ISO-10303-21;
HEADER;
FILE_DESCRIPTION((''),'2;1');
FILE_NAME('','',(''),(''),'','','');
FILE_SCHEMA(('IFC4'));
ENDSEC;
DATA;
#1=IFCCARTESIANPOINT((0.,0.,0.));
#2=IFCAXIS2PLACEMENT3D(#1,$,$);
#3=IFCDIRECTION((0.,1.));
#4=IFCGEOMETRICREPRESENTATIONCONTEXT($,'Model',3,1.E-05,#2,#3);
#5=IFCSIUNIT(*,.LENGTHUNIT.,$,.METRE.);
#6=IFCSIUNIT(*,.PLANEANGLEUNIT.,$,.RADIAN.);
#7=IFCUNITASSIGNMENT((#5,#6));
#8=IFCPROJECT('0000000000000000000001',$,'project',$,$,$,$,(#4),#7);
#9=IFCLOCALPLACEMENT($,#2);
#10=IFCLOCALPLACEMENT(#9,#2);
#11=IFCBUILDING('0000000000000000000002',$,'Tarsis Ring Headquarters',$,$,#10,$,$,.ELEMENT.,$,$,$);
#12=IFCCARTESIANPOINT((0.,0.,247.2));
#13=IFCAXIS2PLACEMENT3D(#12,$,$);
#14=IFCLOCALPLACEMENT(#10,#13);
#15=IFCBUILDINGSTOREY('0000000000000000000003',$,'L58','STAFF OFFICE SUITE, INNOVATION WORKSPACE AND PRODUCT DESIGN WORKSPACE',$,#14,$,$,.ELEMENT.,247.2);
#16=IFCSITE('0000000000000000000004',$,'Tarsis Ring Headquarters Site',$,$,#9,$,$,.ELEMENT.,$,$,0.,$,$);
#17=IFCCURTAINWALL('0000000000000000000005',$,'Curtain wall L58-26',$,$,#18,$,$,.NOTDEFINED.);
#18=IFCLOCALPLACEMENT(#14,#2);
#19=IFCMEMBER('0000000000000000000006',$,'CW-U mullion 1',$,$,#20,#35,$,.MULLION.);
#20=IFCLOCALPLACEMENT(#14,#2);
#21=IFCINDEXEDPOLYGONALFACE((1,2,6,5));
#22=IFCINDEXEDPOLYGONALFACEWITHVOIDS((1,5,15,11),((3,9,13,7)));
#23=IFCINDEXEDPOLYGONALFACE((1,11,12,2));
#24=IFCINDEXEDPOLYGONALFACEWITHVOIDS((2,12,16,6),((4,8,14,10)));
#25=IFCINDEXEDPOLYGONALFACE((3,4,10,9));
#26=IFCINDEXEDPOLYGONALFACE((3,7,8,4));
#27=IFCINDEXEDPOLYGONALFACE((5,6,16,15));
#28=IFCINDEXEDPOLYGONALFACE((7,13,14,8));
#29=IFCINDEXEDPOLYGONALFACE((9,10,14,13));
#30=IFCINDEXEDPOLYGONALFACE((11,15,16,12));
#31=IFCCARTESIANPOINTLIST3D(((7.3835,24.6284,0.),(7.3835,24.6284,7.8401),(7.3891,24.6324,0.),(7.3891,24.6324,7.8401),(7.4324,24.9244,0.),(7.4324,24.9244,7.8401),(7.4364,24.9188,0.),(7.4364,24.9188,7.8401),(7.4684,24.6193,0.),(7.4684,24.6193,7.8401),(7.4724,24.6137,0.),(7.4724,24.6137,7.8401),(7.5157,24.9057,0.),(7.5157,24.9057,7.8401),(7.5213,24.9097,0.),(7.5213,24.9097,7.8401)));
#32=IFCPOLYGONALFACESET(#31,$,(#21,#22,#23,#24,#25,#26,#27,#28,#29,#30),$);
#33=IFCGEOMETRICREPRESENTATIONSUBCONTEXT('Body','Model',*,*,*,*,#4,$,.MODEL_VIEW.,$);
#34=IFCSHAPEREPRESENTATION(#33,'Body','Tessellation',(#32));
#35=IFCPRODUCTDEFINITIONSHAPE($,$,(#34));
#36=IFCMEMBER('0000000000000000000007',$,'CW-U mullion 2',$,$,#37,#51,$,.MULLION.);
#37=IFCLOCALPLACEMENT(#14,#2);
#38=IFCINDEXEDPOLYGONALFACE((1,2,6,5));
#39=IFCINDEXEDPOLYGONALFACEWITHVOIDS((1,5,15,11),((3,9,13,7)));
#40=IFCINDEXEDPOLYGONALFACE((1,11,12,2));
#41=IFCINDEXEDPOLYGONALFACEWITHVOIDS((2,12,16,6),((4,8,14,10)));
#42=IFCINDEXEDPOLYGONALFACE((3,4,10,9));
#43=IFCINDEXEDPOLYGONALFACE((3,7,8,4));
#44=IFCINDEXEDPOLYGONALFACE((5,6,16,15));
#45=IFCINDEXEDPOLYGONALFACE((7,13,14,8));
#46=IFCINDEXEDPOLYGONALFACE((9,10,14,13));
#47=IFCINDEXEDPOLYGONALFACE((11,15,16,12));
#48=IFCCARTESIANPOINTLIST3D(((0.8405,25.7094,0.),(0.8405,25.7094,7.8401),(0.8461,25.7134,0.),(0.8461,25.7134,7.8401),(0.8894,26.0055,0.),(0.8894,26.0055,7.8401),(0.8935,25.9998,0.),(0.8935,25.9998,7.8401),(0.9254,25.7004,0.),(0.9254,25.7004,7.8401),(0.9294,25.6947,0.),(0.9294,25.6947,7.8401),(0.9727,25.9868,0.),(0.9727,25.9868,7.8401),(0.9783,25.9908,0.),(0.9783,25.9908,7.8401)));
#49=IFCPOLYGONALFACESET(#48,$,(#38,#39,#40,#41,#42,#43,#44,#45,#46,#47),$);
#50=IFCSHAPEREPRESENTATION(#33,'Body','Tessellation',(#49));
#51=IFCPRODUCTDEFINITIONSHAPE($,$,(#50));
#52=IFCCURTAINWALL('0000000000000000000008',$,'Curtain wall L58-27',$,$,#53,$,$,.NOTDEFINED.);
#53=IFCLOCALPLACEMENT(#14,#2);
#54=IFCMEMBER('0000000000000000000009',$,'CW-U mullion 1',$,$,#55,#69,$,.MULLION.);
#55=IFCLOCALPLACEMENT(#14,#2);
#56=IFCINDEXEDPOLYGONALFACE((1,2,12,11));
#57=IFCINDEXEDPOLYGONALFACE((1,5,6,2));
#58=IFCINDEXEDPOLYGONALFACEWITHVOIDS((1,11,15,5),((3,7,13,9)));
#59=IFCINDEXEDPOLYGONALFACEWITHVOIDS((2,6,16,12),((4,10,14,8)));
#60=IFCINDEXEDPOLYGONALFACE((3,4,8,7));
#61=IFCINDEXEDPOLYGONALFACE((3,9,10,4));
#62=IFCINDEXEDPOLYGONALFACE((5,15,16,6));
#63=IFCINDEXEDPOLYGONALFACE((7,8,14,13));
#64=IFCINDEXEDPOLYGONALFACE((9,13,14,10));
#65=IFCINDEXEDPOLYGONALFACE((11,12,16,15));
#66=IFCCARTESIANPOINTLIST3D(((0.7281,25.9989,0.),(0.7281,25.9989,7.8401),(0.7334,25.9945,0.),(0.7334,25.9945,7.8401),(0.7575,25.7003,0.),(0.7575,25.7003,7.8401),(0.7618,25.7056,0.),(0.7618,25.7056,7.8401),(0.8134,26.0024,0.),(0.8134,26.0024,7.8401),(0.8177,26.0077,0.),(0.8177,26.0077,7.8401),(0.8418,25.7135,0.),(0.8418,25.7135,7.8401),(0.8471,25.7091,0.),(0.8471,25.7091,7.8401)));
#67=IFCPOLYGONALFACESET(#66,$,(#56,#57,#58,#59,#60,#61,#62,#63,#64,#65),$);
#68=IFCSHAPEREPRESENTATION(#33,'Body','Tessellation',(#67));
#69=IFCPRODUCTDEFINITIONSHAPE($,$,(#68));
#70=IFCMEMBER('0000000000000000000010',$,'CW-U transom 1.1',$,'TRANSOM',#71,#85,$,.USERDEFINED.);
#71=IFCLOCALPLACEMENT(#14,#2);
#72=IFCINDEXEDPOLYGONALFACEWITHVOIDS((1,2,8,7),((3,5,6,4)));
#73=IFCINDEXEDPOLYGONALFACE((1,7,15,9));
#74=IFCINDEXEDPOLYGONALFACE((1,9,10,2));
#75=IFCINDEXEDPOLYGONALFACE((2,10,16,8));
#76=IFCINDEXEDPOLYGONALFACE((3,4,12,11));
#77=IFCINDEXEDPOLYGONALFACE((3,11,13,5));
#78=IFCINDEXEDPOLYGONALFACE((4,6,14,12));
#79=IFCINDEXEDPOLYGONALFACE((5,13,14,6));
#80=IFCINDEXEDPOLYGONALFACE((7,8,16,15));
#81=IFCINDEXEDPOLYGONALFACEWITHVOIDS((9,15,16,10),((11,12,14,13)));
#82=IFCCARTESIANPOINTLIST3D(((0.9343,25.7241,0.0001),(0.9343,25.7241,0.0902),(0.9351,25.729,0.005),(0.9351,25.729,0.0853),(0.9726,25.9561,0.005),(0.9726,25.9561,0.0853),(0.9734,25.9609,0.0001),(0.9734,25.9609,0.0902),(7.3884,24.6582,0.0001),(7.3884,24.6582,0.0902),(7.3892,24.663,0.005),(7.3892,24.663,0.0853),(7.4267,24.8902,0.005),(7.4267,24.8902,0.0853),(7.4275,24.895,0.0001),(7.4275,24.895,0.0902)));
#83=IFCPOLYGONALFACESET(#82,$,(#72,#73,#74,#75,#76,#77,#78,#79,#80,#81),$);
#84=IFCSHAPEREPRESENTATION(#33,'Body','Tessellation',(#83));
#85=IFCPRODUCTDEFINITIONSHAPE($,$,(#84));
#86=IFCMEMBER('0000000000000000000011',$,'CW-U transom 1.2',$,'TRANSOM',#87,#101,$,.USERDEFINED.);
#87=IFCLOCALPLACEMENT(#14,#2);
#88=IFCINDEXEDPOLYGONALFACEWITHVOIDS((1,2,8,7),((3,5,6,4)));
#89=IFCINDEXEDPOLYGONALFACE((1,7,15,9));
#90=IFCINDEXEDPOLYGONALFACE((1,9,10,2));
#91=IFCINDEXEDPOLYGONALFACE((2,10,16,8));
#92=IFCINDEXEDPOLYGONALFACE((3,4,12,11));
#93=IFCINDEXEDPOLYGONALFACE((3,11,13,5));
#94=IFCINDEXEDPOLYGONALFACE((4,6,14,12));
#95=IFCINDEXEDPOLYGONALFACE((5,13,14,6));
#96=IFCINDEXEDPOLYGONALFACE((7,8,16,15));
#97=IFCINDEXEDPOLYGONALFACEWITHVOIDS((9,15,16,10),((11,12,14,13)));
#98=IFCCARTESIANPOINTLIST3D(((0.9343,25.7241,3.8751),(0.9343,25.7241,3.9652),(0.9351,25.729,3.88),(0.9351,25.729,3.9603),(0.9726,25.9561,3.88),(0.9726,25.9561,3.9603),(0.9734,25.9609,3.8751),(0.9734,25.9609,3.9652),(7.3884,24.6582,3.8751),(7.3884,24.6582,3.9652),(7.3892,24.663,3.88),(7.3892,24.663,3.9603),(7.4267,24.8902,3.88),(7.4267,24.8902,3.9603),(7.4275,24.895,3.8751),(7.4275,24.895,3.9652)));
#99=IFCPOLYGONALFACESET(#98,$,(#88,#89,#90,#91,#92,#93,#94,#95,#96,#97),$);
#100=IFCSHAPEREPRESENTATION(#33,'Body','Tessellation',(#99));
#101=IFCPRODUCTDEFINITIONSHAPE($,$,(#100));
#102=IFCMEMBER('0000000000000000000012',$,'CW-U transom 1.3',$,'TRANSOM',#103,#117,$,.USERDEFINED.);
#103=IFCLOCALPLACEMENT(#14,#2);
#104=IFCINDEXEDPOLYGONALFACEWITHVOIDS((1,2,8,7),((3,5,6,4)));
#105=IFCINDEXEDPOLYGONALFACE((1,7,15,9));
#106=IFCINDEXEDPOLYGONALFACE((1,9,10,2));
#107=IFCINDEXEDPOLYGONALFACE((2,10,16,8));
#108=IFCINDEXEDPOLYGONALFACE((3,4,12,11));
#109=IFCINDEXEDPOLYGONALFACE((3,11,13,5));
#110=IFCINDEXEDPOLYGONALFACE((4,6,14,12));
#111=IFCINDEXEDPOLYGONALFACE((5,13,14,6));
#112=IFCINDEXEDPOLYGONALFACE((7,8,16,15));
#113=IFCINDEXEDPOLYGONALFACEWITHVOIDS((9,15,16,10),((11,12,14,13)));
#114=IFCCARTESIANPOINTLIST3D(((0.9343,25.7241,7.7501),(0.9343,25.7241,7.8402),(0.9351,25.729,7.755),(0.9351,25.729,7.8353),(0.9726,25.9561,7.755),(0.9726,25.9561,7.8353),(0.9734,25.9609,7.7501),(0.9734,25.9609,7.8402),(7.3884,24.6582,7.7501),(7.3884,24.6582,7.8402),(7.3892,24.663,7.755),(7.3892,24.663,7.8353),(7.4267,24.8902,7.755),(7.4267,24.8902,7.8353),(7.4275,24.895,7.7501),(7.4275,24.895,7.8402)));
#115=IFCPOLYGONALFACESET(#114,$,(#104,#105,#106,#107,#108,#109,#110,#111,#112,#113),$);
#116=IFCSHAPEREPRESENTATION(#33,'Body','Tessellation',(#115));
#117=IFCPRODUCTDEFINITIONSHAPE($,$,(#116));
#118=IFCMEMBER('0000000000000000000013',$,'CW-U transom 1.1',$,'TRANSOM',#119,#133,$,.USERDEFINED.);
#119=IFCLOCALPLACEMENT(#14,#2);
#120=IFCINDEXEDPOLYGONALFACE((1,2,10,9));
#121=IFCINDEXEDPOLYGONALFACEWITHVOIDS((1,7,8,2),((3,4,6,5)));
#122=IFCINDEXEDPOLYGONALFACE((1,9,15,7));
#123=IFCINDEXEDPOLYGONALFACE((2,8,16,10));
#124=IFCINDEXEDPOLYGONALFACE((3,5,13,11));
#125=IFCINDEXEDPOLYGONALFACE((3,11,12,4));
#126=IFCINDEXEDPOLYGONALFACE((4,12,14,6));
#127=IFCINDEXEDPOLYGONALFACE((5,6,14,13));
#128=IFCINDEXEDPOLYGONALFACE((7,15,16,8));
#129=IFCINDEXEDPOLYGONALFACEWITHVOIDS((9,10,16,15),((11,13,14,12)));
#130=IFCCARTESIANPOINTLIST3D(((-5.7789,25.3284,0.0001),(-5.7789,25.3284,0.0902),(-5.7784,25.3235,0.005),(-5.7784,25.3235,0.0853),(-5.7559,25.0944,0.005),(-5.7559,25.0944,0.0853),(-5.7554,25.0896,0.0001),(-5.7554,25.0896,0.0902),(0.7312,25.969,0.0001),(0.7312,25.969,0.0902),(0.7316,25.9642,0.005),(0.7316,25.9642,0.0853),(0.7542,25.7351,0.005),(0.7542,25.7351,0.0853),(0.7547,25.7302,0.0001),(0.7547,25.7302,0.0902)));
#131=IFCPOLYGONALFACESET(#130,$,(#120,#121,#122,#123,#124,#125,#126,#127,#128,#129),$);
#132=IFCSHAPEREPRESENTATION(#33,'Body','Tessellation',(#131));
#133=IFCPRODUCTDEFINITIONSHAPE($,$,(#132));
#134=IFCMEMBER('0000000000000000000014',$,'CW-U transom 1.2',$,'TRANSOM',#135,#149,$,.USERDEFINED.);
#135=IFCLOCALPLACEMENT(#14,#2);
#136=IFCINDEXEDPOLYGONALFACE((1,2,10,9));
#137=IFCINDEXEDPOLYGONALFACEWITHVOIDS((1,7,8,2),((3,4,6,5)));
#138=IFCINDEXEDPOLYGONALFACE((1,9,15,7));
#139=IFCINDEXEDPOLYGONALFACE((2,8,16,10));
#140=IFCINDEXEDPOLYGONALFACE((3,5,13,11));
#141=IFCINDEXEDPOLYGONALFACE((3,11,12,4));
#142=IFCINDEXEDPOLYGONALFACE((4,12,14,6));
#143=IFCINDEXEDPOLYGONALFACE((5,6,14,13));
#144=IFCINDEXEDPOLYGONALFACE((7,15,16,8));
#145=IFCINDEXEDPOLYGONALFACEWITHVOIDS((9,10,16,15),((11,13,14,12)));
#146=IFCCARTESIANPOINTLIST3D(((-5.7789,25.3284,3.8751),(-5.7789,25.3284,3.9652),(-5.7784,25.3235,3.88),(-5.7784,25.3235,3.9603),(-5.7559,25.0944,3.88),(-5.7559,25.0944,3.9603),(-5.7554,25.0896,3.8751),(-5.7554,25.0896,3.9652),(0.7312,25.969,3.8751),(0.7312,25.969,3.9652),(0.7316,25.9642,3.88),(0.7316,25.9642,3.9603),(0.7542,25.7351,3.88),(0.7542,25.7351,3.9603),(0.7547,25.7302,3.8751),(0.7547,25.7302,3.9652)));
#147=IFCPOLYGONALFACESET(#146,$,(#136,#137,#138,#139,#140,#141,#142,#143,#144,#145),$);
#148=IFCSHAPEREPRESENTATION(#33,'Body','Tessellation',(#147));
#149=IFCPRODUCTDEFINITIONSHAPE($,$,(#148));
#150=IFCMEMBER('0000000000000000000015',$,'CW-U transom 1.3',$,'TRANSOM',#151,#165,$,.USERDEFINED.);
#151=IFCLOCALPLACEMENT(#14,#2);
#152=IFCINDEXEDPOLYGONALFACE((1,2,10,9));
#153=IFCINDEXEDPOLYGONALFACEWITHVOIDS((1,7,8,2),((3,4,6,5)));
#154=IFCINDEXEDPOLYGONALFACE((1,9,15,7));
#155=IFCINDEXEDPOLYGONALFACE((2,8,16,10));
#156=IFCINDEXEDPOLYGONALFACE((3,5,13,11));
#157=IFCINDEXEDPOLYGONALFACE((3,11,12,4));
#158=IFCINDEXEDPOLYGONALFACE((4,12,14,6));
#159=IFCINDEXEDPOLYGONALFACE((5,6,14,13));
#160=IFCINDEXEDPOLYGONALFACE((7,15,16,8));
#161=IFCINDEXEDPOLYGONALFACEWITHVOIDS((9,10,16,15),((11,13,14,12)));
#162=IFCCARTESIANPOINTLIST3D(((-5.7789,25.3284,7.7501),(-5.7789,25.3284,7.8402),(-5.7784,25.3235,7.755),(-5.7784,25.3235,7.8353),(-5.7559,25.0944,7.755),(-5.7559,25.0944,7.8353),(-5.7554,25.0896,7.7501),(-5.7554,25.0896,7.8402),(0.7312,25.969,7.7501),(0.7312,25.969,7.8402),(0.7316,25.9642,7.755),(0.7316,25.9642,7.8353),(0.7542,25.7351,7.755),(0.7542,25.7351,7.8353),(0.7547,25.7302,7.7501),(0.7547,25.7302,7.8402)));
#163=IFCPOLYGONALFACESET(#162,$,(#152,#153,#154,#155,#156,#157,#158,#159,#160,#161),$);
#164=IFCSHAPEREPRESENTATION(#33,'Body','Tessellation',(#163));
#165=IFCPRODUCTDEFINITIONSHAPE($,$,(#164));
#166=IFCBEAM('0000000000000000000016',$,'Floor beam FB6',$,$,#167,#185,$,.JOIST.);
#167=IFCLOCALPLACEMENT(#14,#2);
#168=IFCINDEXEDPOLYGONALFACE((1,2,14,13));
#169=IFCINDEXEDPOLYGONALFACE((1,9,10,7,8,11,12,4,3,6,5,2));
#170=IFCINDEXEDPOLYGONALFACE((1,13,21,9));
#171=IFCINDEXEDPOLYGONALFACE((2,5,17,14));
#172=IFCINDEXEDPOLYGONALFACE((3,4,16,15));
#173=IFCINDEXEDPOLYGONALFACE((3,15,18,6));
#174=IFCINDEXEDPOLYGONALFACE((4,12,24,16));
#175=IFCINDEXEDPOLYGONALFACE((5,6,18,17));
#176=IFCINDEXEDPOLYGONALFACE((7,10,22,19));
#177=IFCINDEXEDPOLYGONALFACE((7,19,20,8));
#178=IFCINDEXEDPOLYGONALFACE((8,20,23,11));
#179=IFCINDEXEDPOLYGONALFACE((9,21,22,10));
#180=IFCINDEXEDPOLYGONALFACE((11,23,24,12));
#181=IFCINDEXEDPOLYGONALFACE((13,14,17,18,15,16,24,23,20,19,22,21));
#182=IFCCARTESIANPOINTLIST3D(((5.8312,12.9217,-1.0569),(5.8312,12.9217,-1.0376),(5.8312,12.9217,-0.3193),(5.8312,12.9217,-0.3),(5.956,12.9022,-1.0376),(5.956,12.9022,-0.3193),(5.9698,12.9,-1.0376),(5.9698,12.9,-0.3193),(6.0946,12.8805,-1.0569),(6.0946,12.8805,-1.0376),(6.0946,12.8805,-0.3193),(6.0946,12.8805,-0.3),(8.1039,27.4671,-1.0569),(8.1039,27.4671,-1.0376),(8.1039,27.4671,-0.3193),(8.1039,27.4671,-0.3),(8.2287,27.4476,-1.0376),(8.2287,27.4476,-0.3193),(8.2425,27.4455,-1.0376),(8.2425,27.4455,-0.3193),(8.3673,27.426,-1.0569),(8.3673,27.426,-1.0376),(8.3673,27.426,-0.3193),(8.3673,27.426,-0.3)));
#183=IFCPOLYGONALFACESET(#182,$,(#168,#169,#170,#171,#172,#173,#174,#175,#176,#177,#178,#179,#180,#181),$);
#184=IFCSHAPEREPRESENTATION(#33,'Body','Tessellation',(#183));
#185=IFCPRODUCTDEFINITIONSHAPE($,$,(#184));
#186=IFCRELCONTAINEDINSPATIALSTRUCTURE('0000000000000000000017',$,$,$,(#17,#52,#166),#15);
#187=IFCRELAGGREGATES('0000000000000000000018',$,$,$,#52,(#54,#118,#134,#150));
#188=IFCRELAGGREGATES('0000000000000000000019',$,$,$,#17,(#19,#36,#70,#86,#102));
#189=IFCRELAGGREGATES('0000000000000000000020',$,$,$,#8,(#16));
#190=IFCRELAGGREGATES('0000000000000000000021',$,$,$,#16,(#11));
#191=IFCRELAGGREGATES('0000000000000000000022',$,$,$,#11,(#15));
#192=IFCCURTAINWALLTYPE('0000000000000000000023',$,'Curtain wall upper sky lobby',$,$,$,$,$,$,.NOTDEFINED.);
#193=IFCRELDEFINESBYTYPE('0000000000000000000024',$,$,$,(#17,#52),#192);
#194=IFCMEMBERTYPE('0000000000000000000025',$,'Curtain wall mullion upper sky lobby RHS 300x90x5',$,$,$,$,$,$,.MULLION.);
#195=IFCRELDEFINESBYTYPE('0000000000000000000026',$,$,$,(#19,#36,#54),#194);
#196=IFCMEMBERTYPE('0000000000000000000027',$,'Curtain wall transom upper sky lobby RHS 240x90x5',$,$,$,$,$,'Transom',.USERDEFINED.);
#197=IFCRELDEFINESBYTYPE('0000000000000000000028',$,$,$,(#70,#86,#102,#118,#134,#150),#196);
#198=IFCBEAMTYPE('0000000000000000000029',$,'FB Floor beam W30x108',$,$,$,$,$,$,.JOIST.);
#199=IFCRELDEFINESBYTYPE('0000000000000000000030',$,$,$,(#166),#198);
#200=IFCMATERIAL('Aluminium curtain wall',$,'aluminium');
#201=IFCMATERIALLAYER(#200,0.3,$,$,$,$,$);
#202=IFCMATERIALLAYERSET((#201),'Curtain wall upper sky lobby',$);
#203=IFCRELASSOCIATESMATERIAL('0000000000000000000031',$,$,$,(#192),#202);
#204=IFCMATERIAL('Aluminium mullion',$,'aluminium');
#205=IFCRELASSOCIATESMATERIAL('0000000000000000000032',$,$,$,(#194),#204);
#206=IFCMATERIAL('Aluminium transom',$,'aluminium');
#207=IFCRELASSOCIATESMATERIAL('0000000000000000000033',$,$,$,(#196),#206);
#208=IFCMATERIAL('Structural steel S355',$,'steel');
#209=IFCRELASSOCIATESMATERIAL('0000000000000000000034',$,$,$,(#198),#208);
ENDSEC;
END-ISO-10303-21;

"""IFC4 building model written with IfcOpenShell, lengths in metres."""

from ifc_helpers import new_model, si_unit, direction, frame, origin, origin_2d, place, context, subcontext, project, spatial, hollow_rectangle, i_section, extrude, material, layer, layer_set, material_profile, profile_set, type_object, element, aggregate, save


model = new_model("IFC4")

# Units and contexts
model_context = context("Model", 3, precision=1e-05, world=origin(), true_north=direction((0.0, 1.0)))
body_context = subcontext(model_context, "Body", "Model", "MODEL_VIEW")
ifc_project = project(units=[si_unit("LENGTHUNIT", "METRE"), si_unit("PLANEANGLEUNIT", "RADIAN")], contexts=[model_context])

# Site, building, storey
site_placement = place(None, origin())
site = spatial("IfcSite", under=ifc_project, at=site_placement, Name="Tarsis Ring Headquarters Site", CompositionType="ELEMENT", RefElevation=0.0)
building_placement = place(site_placement, origin())
building = spatial("IfcBuilding", under=site, at=building_placement, Name="Tarsis Ring Headquarters", CompositionType="ELEMENT")
storey_placement = place(building_placement, frame((0.0, 0.0, 247.2)))
storey = spatial("IfcBuildingStorey", under=building, at=storey_placement, Name="L58", Description="STAFF OFFICE SUITE, INNOVATION WORKSPACE AND PRODUCT DESIGN WORKSPACE", CompositionType="ELEMENT", Elevation=247.2)

# Curtain wall, members
ifc_material_1 = material(Name="Aluminium curtain wall", Category="aluminium")
ifc_layer_1 = layer(ifc_material_1, 0.3)
ifc_layer_set_1 = layer_set([ifc_layer_1], Name="Curtain wall upper sky lobby")
curtain_wall_type = type_object("IfcCurtainWallType", Name="Curtain wall upper sky lobby", PredefinedType="NOTDEFINED", material=ifc_layer_set_1)
curtain_wall_1_placement = place(storey_placement, origin())
curtain_wall_1 = element("IfcCurtainWall", 1, at=curtain_wall_1_placement, inside=storey, type_object=curtain_wall_type, Name="Curtain wall L58-26", PredefinedType="NOTDEFINED")
ifc_material_2 = material(Name="Aluminium mullion", Category="aluminium")
ifc_material_profile_1 = material_profile(ifc_material_2, hollow_rectangle(XDim=0.3, YDim=0.0901, WallThickness=0.0049, at=origin_2d()), Name="RHS 300x90x5")
ifc_profile_set_1 = profile_set([ifc_material_profile_1], Name="Aluminium mullion")
member_type_1 = type_object("IfcMemberType", Name="Curtain wall mullion upper sky lobby RHS 300x90x5", PredefinedType="MULLION", material=ifc_profile_set_1)
member_1_placement = place(storey_placement, frame((7.4524, 24.769, 0.0), z_axis=(0.0, 0.0, 1.0), x_axis=(-0.162981, -0.986629, 0.0)))
member_1 = element("IfcMember", 2, at=member_1_placement, type_object=member_type_1, Name="CW-U mullion 1", PredefinedType="MULLION", context=body_context, shape_type="SweptSolid", body=[
    extrude(hollow_rectangle(XDim=0.3, YDim=0.0901, WallThickness=0.0049, at=origin_2d()), origin(), (0.0, 0.0, 1.0), 7.8401),
])
member_2_placement = place(storey_placement, frame((0.9094, 25.8501, 0.0), z_axis=(0.0, 0.0, 1.0), x_axis=(-0.162981, -0.986629, 0.0)))
member_2 = element("IfcMember", 3, at=member_2_placement, type_object=member_type_1, Name="CW-U mullion 2", PredefinedType="MULLION", context=body_context, shape_type="SweptSolid", body=[
    extrude(hollow_rectangle(XDim=0.3, YDim=0.0901, WallThickness=0.0049, at=origin_2d()), origin(), (0.0, 0.0, 1.0), 7.8401),
])

# Curtain wall, member
curtain_wall_2_placement = place(storey_placement, origin())
curtain_wall_2 = element("IfcCurtainWall", 4, at=curtain_wall_2_placement, inside=storey, type_object=curtain_wall_type, Name="Curtain wall L58-27", PredefinedType="NOTDEFINED")
member_3_placement = place(storey_placement, frame((0.7876, 25.854, 0.0), z_axis=(0.0, 0.0, 1.0), x_axis=(0.09793, -0.995193, 0.0)))
member_3 = element("IfcMember", 5, at=member_3_placement, type_object=member_type_1, Name="CW-U mullion 1", PredefinedType="MULLION", context=body_context, shape_type="SweptSolid", body=[
    extrude(hollow_rectangle(XDim=0.3, YDim=0.0901, WallThickness=0.0049, at=origin_2d()), origin(), (0.0, 0.0, 1.0), 7.8401),
])

# Members
ifc_material_3 = material(Name="Aluminium transom", Category="aluminium")
ifc_material_profile_2 = material_profile(ifc_material_3, hollow_rectangle(XDim=0.24, YDim=0.0901, WallThickness=0.0049, at=origin_2d()), Name="RHS 240x90x5")
ifc_profile_set_2 = profile_set([ifc_material_profile_2], Name="Aluminium transom")
member_type_2 = type_object("IfcMemberType", Name="Curtain wall transom upper sky lobby RHS 240x90x5", ElementType="Transom", PredefinedType="USERDEFINED", material=ifc_profile_set_2)
member_4_placement = place(storey_placement, frame((7.408, 24.7766, 0.0452), z_axis=(-0.986635, 0.162946, 0.0), x_axis=(-0.162946, -0.986635, 0.0)))
member_4 = element("IfcMember", 6, at=member_4_placement, type_object=member_type_2, Name="CW-U transom 1.1", ObjectType="TRANSOM", PredefinedType="USERDEFINED", context=body_context, shape_type="SweptSolid", body=[
    extrude(hollow_rectangle(XDim=0.24, YDim=0.0901, WallThickness=0.0049, at=origin_2d()), origin(), (0.0, 0.0, 1.0), 6.5415),
])
member_5_placement = place(storey_placement, frame((7.408, 24.7766, 3.9202), z_axis=(-0.986635, 0.162946, 0.0), x_axis=(-0.162946, -0.986635, 0.0)))
member_5 = element("IfcMember", 7, at=member_5_placement, type_object=member_type_2, Name="CW-U transom 1.2", ObjectType="TRANSOM", PredefinedType="USERDEFINED", context=body_context, shape_type="SweptSolid", body=[
    extrude(hollow_rectangle(XDim=0.24, YDim=0.0901, WallThickness=0.0049, at=origin_2d()), origin(), (0.0, 0.0, 1.0), 6.5415),
])
member_6_placement = place(storey_placement, frame((7.408, 24.7766, 7.7952), z_axis=(-0.986635, 0.162946, 0.0), x_axis=(-0.162946, -0.986635, 0.0)))
member_6 = element("IfcMember", 8, at=member_6_placement, type_object=member_type_2, Name="CW-U transom 1.3", ObjectType="TRANSOM", PredefinedType="USERDEFINED", context=body_context, shape_type="SweptSolid", body=[
    extrude(hollow_rectangle(XDim=0.24, YDim=0.0901, WallThickness=0.0049, at=origin_2d()), origin(), (0.0, 0.0, 1.0), 6.5415),
])
member_7_placement = place(storey_placement, frame((0.7429, 25.8496, 0.0452), z_axis=(-0.995193, -0.097933, 0.0), x_axis=(0.097933, -0.995193, 0.0)))
member_7 = element("IfcMember", 9, at=member_7_placement, type_object=member_type_2, Name="CW-U transom 1.1", ObjectType="TRANSOM", PredefinedType="USERDEFINED", context=body_context, shape_type="SweptSolid", body=[
    extrude(hollow_rectangle(XDim=0.24, YDim=0.0901, WallThickness=0.0049, at=origin_2d()), origin(), (0.0, 0.0, 1.0), 6.5415),
])
member_8_placement = place(storey_placement, frame((0.7429, 25.8496, 3.9202), z_axis=(-0.995193, -0.097933, 0.0), x_axis=(0.097933, -0.995193, 0.0)))
member_8 = element("IfcMember", 10, at=member_8_placement, type_object=member_type_2, Name="CW-U transom 1.2", ObjectType="TRANSOM", PredefinedType="USERDEFINED", context=body_context, shape_type="SweptSolid", body=[
    extrude(hollow_rectangle(XDim=0.24, YDim=0.0901, WallThickness=0.0049, at=origin_2d()), origin(), (0.0, 0.0, 1.0), 6.5415),
])
member_9_placement = place(storey_placement, frame((0.7429, 25.8496, 7.7952), z_axis=(-0.995193, -0.097933, 0.0), x_axis=(0.097933, -0.995193, 0.0)))
member_9 = element("IfcMember", 11, at=member_9_placement, type_object=member_type_2, Name="CW-U transom 1.3", ObjectType="TRANSOM", PredefinedType="USERDEFINED", context=body_context, shape_type="SweptSolid", body=[
    extrude(hollow_rectangle(XDim=0.24, YDim=0.0901, WallThickness=0.0049, at=origin_2d()), origin(), (0.0, 0.0, 1.0), 6.5415),
])
aggregate(curtain_wall_2, [member_3, member_7, member_8, member_9])

# Beam
ifc_material_4 = material(Name="Structural steel S355", Category="steel")
ifc_material_profile_3 = material_profile(ifc_material_4, i_section(OverallWidth=0.2666, OverallDepth=0.7568, WebThickness=0.0139, FlangeThickness=0.0193, at=origin_2d()), Name="W30x108")
ifc_profile_set_3 = profile_set([ifc_material_profile_3], Name="Structural steel S355")
beam_type_1 = type_object("IfcBeamType", Name="FB Floor beam W30x108", PredefinedType="JOIST", material=ifc_profile_set_3)
beam_1_placement = place(storey_placement, frame((8.2356, 27.4465, -0.6785), z_axis=(-0.154376, -0.988012, 0.0), x_axis=(0.988012, -0.154376, 0.0)))
element("IfcBeam", 12, at=beam_1_placement, inside=storey, type_object=beam_type_1, Name="Floor beam FB6", PredefinedType="JOIST", context=body_context, shape_type="SweptSolid", body=[
    extrude(i_section(OverallWidth=0.2666, OverallDepth=0.7568, WebThickness=0.0139, FlangeThickness=0.0193, at=origin_2d()), origin(), (0.0, 0.0, 1.0), 14.7219),
])

aggregate(curtain_wall_1, [member_1, member_2, member_4, member_5, member_6])

save(model, "model.ifc")
